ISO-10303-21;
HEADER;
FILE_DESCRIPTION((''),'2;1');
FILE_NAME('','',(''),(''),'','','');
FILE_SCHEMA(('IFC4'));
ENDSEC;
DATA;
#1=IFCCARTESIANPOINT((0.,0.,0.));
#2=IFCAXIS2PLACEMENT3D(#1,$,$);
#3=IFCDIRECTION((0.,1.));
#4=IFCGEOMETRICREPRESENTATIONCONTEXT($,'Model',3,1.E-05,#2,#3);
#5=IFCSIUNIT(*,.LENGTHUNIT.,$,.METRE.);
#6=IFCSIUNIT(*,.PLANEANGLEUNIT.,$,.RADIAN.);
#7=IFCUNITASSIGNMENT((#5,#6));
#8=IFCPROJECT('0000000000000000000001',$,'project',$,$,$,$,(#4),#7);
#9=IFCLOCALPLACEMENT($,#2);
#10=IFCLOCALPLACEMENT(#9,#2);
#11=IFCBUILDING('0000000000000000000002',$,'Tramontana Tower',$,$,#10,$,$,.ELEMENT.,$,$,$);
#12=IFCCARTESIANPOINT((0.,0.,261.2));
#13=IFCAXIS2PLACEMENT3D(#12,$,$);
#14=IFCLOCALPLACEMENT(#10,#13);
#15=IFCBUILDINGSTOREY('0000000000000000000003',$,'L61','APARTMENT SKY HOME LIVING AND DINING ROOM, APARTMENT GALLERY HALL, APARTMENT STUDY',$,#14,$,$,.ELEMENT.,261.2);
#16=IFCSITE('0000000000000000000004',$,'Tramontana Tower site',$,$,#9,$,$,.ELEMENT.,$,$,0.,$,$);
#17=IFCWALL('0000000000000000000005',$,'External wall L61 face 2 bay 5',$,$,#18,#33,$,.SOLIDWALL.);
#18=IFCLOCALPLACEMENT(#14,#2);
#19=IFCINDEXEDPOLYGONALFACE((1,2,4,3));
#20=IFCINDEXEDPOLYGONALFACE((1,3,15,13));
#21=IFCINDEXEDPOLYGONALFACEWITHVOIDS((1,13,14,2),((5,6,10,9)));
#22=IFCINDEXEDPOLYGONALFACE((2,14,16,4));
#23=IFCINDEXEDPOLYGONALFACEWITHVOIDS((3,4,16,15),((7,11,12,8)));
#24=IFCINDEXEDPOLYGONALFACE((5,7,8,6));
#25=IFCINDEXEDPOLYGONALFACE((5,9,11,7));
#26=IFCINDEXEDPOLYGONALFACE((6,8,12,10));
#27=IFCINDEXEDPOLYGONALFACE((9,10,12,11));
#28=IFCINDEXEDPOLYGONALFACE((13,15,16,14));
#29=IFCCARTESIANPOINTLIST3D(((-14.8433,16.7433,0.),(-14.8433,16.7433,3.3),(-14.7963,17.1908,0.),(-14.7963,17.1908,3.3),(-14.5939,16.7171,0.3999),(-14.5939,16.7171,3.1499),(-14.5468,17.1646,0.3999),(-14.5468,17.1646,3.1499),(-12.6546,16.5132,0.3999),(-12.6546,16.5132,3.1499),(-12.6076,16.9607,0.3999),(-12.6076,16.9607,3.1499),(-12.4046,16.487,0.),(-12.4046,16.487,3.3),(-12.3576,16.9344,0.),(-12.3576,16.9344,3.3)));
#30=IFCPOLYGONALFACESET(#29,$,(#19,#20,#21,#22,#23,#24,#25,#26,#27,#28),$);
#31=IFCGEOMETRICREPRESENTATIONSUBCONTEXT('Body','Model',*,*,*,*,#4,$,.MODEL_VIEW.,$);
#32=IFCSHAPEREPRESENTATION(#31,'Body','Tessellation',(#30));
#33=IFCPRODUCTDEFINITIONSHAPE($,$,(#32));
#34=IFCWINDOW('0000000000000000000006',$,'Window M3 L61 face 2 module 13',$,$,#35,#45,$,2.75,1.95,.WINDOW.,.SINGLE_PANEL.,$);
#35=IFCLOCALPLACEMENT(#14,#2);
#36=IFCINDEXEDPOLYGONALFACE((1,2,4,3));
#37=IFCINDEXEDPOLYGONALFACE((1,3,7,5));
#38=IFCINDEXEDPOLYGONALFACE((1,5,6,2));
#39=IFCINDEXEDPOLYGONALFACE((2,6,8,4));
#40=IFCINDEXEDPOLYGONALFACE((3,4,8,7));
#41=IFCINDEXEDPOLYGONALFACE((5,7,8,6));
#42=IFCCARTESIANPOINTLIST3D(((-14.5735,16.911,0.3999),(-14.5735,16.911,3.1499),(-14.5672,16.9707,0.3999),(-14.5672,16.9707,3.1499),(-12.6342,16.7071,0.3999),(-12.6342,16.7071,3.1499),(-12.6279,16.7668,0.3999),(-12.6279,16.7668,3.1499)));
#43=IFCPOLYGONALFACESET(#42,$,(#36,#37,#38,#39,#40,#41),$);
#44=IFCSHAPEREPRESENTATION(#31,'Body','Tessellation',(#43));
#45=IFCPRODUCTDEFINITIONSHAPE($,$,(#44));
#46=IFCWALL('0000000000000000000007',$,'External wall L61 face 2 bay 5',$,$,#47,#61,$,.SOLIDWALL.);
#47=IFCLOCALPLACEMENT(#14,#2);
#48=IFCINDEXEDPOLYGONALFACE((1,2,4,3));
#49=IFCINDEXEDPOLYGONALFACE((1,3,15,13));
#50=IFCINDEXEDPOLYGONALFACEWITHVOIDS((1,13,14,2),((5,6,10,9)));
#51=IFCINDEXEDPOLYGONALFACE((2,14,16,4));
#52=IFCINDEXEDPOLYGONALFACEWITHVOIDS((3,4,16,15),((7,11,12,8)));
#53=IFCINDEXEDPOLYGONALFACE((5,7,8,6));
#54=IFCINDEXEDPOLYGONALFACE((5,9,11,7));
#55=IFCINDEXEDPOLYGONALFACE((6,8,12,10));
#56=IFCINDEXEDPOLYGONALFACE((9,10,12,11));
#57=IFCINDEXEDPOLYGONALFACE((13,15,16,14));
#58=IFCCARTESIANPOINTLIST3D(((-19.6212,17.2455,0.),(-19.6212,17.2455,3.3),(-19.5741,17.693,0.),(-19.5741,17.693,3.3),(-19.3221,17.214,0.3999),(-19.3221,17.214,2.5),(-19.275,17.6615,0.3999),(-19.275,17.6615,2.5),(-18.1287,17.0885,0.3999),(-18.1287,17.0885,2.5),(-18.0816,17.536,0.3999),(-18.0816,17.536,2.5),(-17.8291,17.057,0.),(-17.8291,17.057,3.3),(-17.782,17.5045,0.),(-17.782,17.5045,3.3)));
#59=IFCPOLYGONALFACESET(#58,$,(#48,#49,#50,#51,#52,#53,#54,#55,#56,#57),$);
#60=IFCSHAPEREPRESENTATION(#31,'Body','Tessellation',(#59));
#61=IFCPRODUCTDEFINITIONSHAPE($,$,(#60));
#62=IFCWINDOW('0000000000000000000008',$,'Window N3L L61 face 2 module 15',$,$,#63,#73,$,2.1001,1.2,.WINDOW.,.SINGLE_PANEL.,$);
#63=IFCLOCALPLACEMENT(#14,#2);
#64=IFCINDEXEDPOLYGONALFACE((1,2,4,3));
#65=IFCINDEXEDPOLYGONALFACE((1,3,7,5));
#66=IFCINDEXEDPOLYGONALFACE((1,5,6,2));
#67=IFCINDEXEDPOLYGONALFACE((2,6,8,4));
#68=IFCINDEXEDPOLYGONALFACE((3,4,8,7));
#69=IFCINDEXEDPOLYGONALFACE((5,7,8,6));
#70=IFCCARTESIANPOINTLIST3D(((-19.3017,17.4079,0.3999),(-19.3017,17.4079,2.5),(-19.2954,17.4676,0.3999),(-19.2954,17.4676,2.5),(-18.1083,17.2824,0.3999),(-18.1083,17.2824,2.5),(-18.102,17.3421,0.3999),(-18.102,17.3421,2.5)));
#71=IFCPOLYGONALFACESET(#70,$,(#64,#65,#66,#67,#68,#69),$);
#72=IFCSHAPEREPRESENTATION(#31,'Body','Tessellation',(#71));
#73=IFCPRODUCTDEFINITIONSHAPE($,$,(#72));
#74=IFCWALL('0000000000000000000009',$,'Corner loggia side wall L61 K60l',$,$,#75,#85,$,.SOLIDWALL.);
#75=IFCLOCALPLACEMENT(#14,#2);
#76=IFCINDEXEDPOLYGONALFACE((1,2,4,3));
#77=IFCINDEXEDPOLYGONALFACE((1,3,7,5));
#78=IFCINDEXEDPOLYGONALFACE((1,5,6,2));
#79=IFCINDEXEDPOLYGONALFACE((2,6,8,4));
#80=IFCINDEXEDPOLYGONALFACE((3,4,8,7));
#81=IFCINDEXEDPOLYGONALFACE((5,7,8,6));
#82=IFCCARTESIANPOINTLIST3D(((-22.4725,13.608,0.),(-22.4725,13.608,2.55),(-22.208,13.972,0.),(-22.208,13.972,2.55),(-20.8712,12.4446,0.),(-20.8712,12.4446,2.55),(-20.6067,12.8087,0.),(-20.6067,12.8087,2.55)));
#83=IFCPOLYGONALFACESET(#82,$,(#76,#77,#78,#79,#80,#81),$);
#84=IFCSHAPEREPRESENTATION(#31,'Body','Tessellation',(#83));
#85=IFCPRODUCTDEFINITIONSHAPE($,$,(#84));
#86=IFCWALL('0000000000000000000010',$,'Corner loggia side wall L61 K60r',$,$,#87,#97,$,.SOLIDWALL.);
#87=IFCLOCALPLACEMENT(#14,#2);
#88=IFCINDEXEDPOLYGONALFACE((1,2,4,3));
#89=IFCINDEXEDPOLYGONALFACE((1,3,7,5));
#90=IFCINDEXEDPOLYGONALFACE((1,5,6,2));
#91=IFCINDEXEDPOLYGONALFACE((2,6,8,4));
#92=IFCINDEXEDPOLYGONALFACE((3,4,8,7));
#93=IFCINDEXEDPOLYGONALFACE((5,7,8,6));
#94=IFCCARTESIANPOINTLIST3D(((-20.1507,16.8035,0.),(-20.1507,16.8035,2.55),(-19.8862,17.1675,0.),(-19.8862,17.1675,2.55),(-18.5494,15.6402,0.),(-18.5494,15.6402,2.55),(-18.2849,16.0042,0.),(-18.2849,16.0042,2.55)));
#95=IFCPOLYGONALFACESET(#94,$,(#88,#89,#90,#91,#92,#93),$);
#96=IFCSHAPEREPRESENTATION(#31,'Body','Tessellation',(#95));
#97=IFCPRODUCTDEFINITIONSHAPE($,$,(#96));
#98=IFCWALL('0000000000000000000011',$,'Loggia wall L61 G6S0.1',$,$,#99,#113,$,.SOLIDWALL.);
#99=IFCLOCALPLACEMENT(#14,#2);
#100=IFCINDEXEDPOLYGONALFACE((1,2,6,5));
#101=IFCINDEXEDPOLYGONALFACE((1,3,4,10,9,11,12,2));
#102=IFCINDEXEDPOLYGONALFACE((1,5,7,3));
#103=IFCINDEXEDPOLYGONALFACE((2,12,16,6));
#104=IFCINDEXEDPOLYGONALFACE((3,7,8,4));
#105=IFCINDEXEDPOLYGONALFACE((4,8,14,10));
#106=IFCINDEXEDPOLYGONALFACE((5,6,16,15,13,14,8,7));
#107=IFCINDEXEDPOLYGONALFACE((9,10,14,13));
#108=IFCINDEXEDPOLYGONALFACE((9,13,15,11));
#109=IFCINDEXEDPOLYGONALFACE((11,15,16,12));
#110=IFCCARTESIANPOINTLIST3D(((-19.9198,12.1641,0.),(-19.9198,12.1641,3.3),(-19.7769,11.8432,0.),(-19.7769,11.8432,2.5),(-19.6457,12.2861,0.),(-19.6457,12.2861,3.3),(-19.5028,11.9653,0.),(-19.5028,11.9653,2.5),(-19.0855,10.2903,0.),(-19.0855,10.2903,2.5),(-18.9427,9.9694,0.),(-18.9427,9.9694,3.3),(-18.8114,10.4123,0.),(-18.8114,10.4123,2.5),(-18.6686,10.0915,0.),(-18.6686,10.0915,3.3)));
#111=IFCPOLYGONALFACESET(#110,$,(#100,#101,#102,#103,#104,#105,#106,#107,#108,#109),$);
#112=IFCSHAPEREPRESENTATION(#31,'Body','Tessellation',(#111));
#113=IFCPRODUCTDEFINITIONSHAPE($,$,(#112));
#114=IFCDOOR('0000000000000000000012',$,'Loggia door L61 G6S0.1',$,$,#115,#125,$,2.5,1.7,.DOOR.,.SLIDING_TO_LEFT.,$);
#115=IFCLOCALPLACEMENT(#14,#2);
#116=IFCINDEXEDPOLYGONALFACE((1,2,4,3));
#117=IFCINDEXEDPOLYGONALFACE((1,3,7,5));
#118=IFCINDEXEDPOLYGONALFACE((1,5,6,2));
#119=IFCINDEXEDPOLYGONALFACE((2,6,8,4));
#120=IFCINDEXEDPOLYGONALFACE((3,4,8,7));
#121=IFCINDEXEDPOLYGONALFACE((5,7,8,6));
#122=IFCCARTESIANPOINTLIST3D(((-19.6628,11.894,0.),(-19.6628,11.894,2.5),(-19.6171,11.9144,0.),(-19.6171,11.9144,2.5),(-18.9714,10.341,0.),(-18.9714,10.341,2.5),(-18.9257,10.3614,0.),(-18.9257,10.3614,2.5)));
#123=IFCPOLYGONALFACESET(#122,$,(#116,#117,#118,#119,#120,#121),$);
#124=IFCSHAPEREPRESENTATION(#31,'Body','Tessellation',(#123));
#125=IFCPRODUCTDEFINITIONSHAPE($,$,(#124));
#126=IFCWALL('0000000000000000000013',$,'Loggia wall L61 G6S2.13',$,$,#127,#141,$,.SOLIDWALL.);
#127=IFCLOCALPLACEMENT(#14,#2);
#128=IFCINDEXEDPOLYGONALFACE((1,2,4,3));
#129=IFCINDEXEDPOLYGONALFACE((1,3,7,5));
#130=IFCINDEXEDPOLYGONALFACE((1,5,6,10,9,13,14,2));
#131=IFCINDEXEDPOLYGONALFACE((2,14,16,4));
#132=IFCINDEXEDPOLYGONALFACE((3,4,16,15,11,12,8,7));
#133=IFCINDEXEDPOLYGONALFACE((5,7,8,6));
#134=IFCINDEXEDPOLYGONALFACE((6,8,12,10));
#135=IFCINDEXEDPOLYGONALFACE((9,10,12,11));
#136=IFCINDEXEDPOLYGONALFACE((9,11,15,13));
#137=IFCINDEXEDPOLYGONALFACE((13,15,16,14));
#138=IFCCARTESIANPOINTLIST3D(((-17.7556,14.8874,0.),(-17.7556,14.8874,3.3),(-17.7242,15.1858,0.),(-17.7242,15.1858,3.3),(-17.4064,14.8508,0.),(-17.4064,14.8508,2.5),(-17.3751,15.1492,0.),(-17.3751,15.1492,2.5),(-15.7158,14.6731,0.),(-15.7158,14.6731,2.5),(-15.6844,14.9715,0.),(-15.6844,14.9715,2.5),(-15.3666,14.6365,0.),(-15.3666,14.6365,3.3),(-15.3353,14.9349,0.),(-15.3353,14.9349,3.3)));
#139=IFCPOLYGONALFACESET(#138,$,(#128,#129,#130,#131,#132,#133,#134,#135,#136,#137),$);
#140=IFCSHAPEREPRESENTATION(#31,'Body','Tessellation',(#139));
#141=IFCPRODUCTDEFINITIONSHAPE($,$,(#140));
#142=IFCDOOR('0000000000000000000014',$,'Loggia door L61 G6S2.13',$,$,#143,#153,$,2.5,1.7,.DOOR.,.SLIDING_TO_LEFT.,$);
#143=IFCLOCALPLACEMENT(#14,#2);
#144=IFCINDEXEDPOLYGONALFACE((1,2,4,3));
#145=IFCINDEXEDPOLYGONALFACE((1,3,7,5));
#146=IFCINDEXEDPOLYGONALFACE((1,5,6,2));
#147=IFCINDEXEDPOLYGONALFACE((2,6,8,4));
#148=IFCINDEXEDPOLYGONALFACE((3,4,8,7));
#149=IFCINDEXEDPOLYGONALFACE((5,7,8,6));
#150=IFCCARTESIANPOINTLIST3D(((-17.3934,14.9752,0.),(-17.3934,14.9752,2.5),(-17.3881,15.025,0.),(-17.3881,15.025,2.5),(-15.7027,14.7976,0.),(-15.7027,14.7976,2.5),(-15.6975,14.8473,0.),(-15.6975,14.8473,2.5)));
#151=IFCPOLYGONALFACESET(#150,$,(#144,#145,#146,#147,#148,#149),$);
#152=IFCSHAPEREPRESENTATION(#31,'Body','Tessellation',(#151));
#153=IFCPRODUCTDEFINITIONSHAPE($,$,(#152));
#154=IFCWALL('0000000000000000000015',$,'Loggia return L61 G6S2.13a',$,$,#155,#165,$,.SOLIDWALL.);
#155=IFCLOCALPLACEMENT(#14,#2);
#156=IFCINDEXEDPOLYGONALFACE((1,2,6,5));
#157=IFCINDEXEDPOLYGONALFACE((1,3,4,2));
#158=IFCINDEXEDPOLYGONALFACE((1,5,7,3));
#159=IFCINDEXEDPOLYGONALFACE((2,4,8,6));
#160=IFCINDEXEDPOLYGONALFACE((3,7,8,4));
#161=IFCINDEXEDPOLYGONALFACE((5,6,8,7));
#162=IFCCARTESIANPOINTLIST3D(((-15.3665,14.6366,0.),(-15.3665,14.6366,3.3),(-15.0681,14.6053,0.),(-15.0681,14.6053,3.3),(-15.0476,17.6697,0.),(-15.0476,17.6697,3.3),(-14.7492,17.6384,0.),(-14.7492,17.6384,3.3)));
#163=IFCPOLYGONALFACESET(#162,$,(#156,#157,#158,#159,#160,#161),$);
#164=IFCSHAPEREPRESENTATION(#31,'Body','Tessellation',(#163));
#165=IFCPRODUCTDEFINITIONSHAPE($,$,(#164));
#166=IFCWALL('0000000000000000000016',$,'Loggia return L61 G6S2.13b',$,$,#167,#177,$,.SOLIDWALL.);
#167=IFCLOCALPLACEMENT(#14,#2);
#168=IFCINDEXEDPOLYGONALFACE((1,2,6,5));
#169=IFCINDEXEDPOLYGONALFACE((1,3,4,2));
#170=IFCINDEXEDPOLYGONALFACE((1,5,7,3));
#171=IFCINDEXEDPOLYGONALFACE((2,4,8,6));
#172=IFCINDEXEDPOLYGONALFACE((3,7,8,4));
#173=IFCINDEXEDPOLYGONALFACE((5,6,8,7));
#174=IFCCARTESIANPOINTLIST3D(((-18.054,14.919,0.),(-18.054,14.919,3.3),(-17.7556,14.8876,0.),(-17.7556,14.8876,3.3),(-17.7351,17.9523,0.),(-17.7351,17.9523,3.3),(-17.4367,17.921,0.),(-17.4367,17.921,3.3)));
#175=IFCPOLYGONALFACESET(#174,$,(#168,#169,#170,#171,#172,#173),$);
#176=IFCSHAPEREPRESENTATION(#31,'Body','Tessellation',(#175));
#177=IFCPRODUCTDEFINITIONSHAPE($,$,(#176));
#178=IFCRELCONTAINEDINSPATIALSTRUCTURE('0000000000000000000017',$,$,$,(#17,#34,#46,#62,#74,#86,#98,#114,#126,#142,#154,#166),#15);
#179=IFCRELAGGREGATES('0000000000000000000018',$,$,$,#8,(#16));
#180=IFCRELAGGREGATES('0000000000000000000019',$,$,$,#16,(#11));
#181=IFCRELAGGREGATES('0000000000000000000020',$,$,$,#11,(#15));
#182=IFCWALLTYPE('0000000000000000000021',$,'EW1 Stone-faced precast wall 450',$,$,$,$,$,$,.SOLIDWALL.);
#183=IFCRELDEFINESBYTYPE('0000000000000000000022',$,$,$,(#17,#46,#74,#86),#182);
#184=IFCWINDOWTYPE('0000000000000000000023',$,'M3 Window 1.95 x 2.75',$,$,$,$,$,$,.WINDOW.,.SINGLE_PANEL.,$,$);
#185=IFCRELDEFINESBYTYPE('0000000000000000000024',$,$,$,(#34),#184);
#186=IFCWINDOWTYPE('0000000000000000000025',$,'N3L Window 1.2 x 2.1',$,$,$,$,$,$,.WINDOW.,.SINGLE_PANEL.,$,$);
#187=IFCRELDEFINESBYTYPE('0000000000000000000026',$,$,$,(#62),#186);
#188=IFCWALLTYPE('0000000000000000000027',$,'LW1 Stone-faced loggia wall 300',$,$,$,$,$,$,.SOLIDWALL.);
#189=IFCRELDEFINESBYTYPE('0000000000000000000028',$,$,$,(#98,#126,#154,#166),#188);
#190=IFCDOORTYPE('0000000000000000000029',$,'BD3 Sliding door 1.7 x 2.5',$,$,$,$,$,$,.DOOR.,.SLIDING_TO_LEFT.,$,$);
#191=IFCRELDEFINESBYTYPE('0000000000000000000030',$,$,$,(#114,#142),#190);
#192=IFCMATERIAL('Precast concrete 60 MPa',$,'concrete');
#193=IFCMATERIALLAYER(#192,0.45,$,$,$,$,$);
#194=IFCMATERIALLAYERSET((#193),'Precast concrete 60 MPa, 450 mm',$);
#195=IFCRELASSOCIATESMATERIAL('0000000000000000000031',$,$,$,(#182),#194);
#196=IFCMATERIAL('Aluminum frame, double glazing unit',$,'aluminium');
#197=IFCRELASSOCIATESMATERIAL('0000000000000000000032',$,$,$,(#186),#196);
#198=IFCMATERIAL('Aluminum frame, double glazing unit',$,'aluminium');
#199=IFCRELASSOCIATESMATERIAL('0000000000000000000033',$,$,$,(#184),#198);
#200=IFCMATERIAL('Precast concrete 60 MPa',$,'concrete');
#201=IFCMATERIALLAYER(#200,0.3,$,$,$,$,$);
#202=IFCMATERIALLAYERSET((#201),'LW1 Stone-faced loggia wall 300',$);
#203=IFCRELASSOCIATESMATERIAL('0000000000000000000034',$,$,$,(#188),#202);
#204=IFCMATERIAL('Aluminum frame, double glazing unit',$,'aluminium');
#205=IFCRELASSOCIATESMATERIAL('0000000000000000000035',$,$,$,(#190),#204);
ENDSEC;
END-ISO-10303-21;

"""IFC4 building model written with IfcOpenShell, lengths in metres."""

from ifc_helpers import new_model, si_unit, direction, frame, frame_2d, origin, place, context, subcontext, project, spatial, rectangle, extrude, material, layer, layer_set, type_object, element, fill, save


model = new_model("IFC4")

# Units and contexts
model_context = context("Model", 3, precision=1e-05, world=origin(), true_north=direction((0.0, 1.0)))
body_context = subcontext(model_context, "Body", "Model", "MODEL_VIEW")
ifc_project = project(units=[si_unit("LENGTHUNIT", "METRE"), si_unit("PLANEANGLEUNIT", "RADIAN")], contexts=[model_context])

# Site, building, storey
site_placement = place(None, origin())
site = spatial("IfcSite", under=ifc_project, at=site_placement, Name="Tramontana Tower site", CompositionType="ELEMENT", RefElevation=0.0)
building_placement = place(site_placement, origin())
building = spatial("IfcBuilding", under=site, at=building_placement, Name="Tramontana Tower", CompositionType="ELEMENT")
storey_placement = place(building_placement, frame((0.0, 0.0, 261.2)))
storey = spatial("IfcBuildingStorey", under=building, at=storey_placement, Name="L61", Description="APARTMENT SKY HOME LIVING AND DINING ROOM, APARTMENT GALLERY HALL, APARTMENT STUDY", CompositionType="ELEMENT", Elevation=261.2)

# Walls, openings, windows
ifc_material_1 = material(Name="Precast concrete 60 MPa", Category="concrete")
ifc_layer_1 = layer(ifc_material_1, 0.45)
ifc_layer_set_1 = layer_set([ifc_layer_1], Name="Precast concrete 60 MPa, 450 mm")
wall_type_1 = type_object("IfcWallType", Name="EW1 Stone-faced precast wall 450", PredefinedType="SOLIDWALL", material=ifc_layer_set_1)
ifc_material_2 = material(Name="Aluminum frame, double glazing unit", Category="aluminium")
window_type_1 = type_object("IfcWindowType", Name="N3L Window 1.2 x 2.1", PartitioningType="SINGLE_PANEL", PredefinedType="WINDOW", material=ifc_material_2)
wall_1_placement = place(storey_placement, frame((-12.3811, 16.7107, 0.0), z_axis=(0.0, 0.0, 1.0), x_axis=(-0.994521, 0.10454, 0.0)))
wall_1 = element("IfcWall", 1, at=wall_1_placement, inside=storey, type_object=wall_type_1, Name="External wall L61 face 2 bay 5", PredefinedType="SOLIDWALL", context=body_context, shape_type="SweptSolid", body=[
    extrude(rectangle(XDim=2.4521, YDim=0.45, at=frame_2d((1.2261, 0.0))), origin(), (0.0, 0.0, 1.0), 3.3),
])
opening_1_placement = place(wall_1_placement, frame((0.2512, 0.0, 0.3999)))
opening_1 = element("IfcOpeningElement", 2, at=opening_1_placement, cuts=wall_1, PredefinedType="OPENING", context=body_context, shape_type="SweptSolid", body=[
    extrude(rectangle(XDim=1.95, YDim=2.75, at=frame_2d((0.9751, 1.375))), frame((0.0, 0.2349, 0.0), z_axis=(0.0, -1.0, 0.0), x_axis=(1.0, 0.0, 0.0)), (0.0, 0.0, 1.0), 0.47),
])
ifc_material_3 = material(Name="Aluminum frame, double glazing unit", Category="aluminium")
window_type_2 = type_object("IfcWindowType", Name="M3 Window 1.95 x 2.75", PartitioningType="SINGLE_PANEL", PredefinedType="WINDOW", material=ifc_material_3)
window_1_placement = place(opening_1_placement, origin())
window_1 = element("IfcWindow", 3, at=window_1_placement, inside=storey, type_object=window_type_2, Name="Window M3 L61 face 2 module 13", OverallHeight=2.75, OverallWidth=1.95, PartitioningType="SINGLE_PANEL", PredefinedType="WINDOW", context=body_context, shape_type="SweptSolid", body=[
    extrude(rectangle(XDim=1.95, YDim=2.75, at=frame_2d((0.9751, 1.375))), frame((0.0, 0.03, 0.0), z_axis=(0.0, -1.0, 0.0), x_axis=(1.0, 0.0, 0.0)), (0.0, 0.0, 1.0), 0.0601),
])
fill(opening_1, window_1)
wall_2_placement = place(storey_placement, frame((-17.8057, 17.2808, 0.0), z_axis=(0.0, 0.0, 1.0), x_axis=(-0.994516, 0.104586, 0.0)))
wall_2 = element("IfcWall", 4, at=wall_2_placement, inside=storey, type_object=wall_type_1, Name="External wall L61 face 2 bay 5", PredefinedType="SOLIDWALL", context=body_context, shape_type="SweptSolid", body=[
    extrude(rectangle(XDim=1.802, YDim=0.45, at=frame_2d((0.9009, 0.0))), origin(), (0.0, 0.0, 1.0), 3.3),
])
opening_2_placement = place(wall_2_placement, frame((0.301, 0.0, 0.3999)))
opening_2 = element("IfcOpeningElement", 5, at=opening_2_placement, cuts=wall_2, PredefinedType="OPENING", context=body_context, shape_type="SweptSolid", body=[
    extrude(rectangle(XDim=1.2, YDim=2.1001, at=frame_2d((0.6001, 1.05))), frame((0.0, 0.2349, 0.0), z_axis=(0.0, -1.0, 0.0), x_axis=(1.0, 0.0, 0.0)), (0.0, 0.0, 1.0), 0.47),
])
window_2_placement = place(opening_2_placement, origin())
window_2 = element("IfcWindow", 6, at=window_2_placement, inside=storey, type_object=window_type_1, Name="Window N3L L61 face 2 module 15", OverallHeight=2.1001, OverallWidth=1.2, PartitioningType="SINGLE_PANEL", PredefinedType="WINDOW", context=body_context, shape_type="SweptSolid", body=[
    extrude(rectangle(XDim=1.2, YDim=2.1001, at=frame_2d((0.6001, 1.05))), frame((0.0, 0.03, 0.0), z_axis=(0.0, -1.0, 0.0), x_axis=(1.0, 0.0, 0.0)), (0.0, 0.0, 1.0), 0.0601),
])
fill(opening_2, window_2)

# Walls
for number, where, z_axis, x_axis, name in (
    (7, (-22.3403, 13.79, 0.0), (0.0, 0.0, 1.0), (0.80904, -0.587754, 0.0), "Corner loggia side wall L61 K60l"),
    (8, (-20.0186, 16.9856, 0.0), (0.0, 0.0, 1.0), (0.80904, -0.587754, 0.0), "Corner loggia side wall L61 K60r"),
):
    element("IfcWall", number, at=place(storey_placement, frame(where, z_axis=z_axis, x_axis=x_axis)), inside=storey, type_object=wall_type_1, Name=name, PredefinedType="SOLIDWALL", context=body_context, shape_type="SweptSolid", body=[
        extrude(rectangle(XDim=1.9792, YDim=0.45, at=frame_2d((0.9897, 0.0))), origin(), (0.0, 0.0, 1.0), 2.55),
    ])

# Walls, openings, doors
ifc_material_4 = material(Name="Precast concrete 60 MPa", Category="concrete")
ifc_layer_2 = layer(ifc_material_4, 0.3)
ifc_layer_set_2 = layer_set([ifc_layer_2], Name="LW1 Stone-faced loggia wall 300")
wall_type_2 = type_object("IfcWallType", Name="LW1 Stone-faced loggia wall 300", PredefinedType="SOLIDWALL", material=ifc_layer_set_2)
wall_3_placement = place(storey_placement, frame((-19.7827, 12.2251, 0.0), z_axis=(0.0, 0.0, 1.0), x_axis=(0.406723, -0.913552, 0.0)))
wall_3 = element("IfcWall", 9, at=wall_3_placement, inside=storey, type_object=wall_type_2, Name="Loggia wall L61 G6S0.1", PredefinedType="SOLIDWALL", context=body_context, shape_type="SweptSolid", body=[
    extrude(rectangle(XDim=2.4023, YDim=0.3, at=frame_2d((1.2012, 0.0))), origin(), (0.0, 0.0, 1.0), 3.3),
])
opening_3_placement = place(wall_3_placement, frame((0.3511, 0.0, 0.0)))
opening_3 = element("IfcOpeningElement", 10, at=opening_3_placement, cuts=wall_3, PredefinedType="OPENING", context=body_context, shape_type="SweptSolid", body=[
    extrude(rectangle(XDim=1.7, YDim=2.5, at=frame_2d((0.8501, 1.25))), frame((0.0, 0.1599, 0.0), z_axis=(0.0, -1.0, 0.0), x_axis=(1.0, 0.0, 0.0)), (0.0, 0.0, 1.0), 0.3201),
])
ifc_material_5 = material(Name="Aluminum frame, double glazing unit", Category="aluminium")
door_type_1 = type_object("IfcDoorType", Name="BD3 Sliding door 1.7 x 2.5", OperationType="SLIDING_TO_LEFT", PredefinedType="DOOR", material=ifc_material_5)
door_1_placement = place(opening_3_placement, origin())
door_1 = element("IfcDoor", 11, at=door_1_placement, inside=storey, type_object=door_type_1, Name="Loggia door L61 G6S0.1", OperationType="SLIDING_TO_LEFT", OverallHeight=2.5, OverallWidth=1.7, PredefinedType="DOOR", context=body_context, shape_type="SweptSolid", body=[
    extrude(rectangle(XDim=1.7, YDim=2.5, at=frame_2d((0.8501, 1.25))), frame((0.0, 0.0249, 0.0), z_axis=(0.0, -1.0, 0.0), x_axis=(1.0, 0.0, 0.0)), (0.0, 0.0, 1.0), 0.05),
])
fill(opening_3, door_1)
wall_4_placement = place(storey_placement, frame((-15.3508, 14.7856, 0.0), z_axis=(0.0, 0.0, 1.0), x_axis=(-0.994527, 0.104484, 0.0)))
wall_4 = element("IfcWall", 12, at=wall_4_placement, inside=storey, type_object=wall_type_2, Name="Loggia wall L61 G6S2.13", PredefinedType="SOLIDWALL", context=body_context, shape_type="SweptSolid", body=[
    extrude(rectangle(XDim=2.4021, YDim=0.3, at=frame_2d((1.2012, 0.0))), origin(), (0.0, 0.0, 1.0), 3.3),
])
opening_4_placement = place(wall_4_placement, frame((0.3511, 0.0, 0.0)))
opening_4 = element("IfcOpeningElement", 13, at=opening_4_placement, cuts=wall_4, PredefinedType="OPENING", context=body_context, shape_type="SweptSolid", body=[
    extrude(rectangle(XDim=1.7, YDim=2.5, at=frame_2d((0.8501, 1.25))), frame((0.0, 0.1599, 0.0), z_axis=(0.0, -1.0, 0.0), x_axis=(1.0, 0.0, 0.0)), (0.0, 0.0, 1.0), 0.3201),
])
door_2_placement = place(opening_4_placement, origin())
door_2 = element("IfcDoor", 14, at=door_2_placement, inside=storey, type_object=door_type_1, Name="Loggia door L61 G6S2.13", OperationType="SLIDING_TO_LEFT", OverallHeight=2.5, OverallWidth=1.7, PredefinedType="DOOR", context=body_context, shape_type="SweptSolid", body=[
    extrude(rectangle(XDim=1.7, YDim=2.5, at=frame_2d((0.8501, 1.25))), frame((0.0, 0.0249, 0.0), z_axis=(0.0, -1.0, 0.0), x_axis=(1.0, 0.0, 0.0)), (0.0, 0.0, 1.0), 0.05),
])
fill(opening_4, door_2)

# Walls
wall_5_placement = place(storey_placement, frame((-14.8984, 17.6541, 0.0), z_axis=(0.0, 0.0, 1.0), x_axis=(-0.104543, -0.99452, 0.0)))
element("IfcWall", 15, at=wall_5_placement, inside=storey, type_object=wall_type_2, Name="Loggia return L61 G6S2.13a", PredefinedType="SOLIDWALL", context=body_context, shape_type="SweptSolid", body=[
    extrude(rectangle(XDim=3.0498, YDim=0.3, at=frame_2d((1.5249, 0.0))), origin(), (0.0, 0.0, 1.0), 3.3),
])
wall_6_placement = place(storey_placement, frame((-17.5859, 17.9365, 0.0), z_axis=(0.0, 0.0, 1.0), x_axis=(-0.104535, -0.994521, 0.0)))
element("IfcWall", 16, at=wall_6_placement, inside=storey, type_object=wall_type_2, Name="Loggia return L61 G6S2.13b", PredefinedType="SOLIDWALL", context=body_context, shape_type="SweptSolid", body=[
    extrude(rectangle(XDim=3.05, YDim=0.3, at=frame_2d((1.5249, 0.0))), origin(), (0.0, 0.0, 1.0), 3.3),
])

save(model, "model.ifc")
